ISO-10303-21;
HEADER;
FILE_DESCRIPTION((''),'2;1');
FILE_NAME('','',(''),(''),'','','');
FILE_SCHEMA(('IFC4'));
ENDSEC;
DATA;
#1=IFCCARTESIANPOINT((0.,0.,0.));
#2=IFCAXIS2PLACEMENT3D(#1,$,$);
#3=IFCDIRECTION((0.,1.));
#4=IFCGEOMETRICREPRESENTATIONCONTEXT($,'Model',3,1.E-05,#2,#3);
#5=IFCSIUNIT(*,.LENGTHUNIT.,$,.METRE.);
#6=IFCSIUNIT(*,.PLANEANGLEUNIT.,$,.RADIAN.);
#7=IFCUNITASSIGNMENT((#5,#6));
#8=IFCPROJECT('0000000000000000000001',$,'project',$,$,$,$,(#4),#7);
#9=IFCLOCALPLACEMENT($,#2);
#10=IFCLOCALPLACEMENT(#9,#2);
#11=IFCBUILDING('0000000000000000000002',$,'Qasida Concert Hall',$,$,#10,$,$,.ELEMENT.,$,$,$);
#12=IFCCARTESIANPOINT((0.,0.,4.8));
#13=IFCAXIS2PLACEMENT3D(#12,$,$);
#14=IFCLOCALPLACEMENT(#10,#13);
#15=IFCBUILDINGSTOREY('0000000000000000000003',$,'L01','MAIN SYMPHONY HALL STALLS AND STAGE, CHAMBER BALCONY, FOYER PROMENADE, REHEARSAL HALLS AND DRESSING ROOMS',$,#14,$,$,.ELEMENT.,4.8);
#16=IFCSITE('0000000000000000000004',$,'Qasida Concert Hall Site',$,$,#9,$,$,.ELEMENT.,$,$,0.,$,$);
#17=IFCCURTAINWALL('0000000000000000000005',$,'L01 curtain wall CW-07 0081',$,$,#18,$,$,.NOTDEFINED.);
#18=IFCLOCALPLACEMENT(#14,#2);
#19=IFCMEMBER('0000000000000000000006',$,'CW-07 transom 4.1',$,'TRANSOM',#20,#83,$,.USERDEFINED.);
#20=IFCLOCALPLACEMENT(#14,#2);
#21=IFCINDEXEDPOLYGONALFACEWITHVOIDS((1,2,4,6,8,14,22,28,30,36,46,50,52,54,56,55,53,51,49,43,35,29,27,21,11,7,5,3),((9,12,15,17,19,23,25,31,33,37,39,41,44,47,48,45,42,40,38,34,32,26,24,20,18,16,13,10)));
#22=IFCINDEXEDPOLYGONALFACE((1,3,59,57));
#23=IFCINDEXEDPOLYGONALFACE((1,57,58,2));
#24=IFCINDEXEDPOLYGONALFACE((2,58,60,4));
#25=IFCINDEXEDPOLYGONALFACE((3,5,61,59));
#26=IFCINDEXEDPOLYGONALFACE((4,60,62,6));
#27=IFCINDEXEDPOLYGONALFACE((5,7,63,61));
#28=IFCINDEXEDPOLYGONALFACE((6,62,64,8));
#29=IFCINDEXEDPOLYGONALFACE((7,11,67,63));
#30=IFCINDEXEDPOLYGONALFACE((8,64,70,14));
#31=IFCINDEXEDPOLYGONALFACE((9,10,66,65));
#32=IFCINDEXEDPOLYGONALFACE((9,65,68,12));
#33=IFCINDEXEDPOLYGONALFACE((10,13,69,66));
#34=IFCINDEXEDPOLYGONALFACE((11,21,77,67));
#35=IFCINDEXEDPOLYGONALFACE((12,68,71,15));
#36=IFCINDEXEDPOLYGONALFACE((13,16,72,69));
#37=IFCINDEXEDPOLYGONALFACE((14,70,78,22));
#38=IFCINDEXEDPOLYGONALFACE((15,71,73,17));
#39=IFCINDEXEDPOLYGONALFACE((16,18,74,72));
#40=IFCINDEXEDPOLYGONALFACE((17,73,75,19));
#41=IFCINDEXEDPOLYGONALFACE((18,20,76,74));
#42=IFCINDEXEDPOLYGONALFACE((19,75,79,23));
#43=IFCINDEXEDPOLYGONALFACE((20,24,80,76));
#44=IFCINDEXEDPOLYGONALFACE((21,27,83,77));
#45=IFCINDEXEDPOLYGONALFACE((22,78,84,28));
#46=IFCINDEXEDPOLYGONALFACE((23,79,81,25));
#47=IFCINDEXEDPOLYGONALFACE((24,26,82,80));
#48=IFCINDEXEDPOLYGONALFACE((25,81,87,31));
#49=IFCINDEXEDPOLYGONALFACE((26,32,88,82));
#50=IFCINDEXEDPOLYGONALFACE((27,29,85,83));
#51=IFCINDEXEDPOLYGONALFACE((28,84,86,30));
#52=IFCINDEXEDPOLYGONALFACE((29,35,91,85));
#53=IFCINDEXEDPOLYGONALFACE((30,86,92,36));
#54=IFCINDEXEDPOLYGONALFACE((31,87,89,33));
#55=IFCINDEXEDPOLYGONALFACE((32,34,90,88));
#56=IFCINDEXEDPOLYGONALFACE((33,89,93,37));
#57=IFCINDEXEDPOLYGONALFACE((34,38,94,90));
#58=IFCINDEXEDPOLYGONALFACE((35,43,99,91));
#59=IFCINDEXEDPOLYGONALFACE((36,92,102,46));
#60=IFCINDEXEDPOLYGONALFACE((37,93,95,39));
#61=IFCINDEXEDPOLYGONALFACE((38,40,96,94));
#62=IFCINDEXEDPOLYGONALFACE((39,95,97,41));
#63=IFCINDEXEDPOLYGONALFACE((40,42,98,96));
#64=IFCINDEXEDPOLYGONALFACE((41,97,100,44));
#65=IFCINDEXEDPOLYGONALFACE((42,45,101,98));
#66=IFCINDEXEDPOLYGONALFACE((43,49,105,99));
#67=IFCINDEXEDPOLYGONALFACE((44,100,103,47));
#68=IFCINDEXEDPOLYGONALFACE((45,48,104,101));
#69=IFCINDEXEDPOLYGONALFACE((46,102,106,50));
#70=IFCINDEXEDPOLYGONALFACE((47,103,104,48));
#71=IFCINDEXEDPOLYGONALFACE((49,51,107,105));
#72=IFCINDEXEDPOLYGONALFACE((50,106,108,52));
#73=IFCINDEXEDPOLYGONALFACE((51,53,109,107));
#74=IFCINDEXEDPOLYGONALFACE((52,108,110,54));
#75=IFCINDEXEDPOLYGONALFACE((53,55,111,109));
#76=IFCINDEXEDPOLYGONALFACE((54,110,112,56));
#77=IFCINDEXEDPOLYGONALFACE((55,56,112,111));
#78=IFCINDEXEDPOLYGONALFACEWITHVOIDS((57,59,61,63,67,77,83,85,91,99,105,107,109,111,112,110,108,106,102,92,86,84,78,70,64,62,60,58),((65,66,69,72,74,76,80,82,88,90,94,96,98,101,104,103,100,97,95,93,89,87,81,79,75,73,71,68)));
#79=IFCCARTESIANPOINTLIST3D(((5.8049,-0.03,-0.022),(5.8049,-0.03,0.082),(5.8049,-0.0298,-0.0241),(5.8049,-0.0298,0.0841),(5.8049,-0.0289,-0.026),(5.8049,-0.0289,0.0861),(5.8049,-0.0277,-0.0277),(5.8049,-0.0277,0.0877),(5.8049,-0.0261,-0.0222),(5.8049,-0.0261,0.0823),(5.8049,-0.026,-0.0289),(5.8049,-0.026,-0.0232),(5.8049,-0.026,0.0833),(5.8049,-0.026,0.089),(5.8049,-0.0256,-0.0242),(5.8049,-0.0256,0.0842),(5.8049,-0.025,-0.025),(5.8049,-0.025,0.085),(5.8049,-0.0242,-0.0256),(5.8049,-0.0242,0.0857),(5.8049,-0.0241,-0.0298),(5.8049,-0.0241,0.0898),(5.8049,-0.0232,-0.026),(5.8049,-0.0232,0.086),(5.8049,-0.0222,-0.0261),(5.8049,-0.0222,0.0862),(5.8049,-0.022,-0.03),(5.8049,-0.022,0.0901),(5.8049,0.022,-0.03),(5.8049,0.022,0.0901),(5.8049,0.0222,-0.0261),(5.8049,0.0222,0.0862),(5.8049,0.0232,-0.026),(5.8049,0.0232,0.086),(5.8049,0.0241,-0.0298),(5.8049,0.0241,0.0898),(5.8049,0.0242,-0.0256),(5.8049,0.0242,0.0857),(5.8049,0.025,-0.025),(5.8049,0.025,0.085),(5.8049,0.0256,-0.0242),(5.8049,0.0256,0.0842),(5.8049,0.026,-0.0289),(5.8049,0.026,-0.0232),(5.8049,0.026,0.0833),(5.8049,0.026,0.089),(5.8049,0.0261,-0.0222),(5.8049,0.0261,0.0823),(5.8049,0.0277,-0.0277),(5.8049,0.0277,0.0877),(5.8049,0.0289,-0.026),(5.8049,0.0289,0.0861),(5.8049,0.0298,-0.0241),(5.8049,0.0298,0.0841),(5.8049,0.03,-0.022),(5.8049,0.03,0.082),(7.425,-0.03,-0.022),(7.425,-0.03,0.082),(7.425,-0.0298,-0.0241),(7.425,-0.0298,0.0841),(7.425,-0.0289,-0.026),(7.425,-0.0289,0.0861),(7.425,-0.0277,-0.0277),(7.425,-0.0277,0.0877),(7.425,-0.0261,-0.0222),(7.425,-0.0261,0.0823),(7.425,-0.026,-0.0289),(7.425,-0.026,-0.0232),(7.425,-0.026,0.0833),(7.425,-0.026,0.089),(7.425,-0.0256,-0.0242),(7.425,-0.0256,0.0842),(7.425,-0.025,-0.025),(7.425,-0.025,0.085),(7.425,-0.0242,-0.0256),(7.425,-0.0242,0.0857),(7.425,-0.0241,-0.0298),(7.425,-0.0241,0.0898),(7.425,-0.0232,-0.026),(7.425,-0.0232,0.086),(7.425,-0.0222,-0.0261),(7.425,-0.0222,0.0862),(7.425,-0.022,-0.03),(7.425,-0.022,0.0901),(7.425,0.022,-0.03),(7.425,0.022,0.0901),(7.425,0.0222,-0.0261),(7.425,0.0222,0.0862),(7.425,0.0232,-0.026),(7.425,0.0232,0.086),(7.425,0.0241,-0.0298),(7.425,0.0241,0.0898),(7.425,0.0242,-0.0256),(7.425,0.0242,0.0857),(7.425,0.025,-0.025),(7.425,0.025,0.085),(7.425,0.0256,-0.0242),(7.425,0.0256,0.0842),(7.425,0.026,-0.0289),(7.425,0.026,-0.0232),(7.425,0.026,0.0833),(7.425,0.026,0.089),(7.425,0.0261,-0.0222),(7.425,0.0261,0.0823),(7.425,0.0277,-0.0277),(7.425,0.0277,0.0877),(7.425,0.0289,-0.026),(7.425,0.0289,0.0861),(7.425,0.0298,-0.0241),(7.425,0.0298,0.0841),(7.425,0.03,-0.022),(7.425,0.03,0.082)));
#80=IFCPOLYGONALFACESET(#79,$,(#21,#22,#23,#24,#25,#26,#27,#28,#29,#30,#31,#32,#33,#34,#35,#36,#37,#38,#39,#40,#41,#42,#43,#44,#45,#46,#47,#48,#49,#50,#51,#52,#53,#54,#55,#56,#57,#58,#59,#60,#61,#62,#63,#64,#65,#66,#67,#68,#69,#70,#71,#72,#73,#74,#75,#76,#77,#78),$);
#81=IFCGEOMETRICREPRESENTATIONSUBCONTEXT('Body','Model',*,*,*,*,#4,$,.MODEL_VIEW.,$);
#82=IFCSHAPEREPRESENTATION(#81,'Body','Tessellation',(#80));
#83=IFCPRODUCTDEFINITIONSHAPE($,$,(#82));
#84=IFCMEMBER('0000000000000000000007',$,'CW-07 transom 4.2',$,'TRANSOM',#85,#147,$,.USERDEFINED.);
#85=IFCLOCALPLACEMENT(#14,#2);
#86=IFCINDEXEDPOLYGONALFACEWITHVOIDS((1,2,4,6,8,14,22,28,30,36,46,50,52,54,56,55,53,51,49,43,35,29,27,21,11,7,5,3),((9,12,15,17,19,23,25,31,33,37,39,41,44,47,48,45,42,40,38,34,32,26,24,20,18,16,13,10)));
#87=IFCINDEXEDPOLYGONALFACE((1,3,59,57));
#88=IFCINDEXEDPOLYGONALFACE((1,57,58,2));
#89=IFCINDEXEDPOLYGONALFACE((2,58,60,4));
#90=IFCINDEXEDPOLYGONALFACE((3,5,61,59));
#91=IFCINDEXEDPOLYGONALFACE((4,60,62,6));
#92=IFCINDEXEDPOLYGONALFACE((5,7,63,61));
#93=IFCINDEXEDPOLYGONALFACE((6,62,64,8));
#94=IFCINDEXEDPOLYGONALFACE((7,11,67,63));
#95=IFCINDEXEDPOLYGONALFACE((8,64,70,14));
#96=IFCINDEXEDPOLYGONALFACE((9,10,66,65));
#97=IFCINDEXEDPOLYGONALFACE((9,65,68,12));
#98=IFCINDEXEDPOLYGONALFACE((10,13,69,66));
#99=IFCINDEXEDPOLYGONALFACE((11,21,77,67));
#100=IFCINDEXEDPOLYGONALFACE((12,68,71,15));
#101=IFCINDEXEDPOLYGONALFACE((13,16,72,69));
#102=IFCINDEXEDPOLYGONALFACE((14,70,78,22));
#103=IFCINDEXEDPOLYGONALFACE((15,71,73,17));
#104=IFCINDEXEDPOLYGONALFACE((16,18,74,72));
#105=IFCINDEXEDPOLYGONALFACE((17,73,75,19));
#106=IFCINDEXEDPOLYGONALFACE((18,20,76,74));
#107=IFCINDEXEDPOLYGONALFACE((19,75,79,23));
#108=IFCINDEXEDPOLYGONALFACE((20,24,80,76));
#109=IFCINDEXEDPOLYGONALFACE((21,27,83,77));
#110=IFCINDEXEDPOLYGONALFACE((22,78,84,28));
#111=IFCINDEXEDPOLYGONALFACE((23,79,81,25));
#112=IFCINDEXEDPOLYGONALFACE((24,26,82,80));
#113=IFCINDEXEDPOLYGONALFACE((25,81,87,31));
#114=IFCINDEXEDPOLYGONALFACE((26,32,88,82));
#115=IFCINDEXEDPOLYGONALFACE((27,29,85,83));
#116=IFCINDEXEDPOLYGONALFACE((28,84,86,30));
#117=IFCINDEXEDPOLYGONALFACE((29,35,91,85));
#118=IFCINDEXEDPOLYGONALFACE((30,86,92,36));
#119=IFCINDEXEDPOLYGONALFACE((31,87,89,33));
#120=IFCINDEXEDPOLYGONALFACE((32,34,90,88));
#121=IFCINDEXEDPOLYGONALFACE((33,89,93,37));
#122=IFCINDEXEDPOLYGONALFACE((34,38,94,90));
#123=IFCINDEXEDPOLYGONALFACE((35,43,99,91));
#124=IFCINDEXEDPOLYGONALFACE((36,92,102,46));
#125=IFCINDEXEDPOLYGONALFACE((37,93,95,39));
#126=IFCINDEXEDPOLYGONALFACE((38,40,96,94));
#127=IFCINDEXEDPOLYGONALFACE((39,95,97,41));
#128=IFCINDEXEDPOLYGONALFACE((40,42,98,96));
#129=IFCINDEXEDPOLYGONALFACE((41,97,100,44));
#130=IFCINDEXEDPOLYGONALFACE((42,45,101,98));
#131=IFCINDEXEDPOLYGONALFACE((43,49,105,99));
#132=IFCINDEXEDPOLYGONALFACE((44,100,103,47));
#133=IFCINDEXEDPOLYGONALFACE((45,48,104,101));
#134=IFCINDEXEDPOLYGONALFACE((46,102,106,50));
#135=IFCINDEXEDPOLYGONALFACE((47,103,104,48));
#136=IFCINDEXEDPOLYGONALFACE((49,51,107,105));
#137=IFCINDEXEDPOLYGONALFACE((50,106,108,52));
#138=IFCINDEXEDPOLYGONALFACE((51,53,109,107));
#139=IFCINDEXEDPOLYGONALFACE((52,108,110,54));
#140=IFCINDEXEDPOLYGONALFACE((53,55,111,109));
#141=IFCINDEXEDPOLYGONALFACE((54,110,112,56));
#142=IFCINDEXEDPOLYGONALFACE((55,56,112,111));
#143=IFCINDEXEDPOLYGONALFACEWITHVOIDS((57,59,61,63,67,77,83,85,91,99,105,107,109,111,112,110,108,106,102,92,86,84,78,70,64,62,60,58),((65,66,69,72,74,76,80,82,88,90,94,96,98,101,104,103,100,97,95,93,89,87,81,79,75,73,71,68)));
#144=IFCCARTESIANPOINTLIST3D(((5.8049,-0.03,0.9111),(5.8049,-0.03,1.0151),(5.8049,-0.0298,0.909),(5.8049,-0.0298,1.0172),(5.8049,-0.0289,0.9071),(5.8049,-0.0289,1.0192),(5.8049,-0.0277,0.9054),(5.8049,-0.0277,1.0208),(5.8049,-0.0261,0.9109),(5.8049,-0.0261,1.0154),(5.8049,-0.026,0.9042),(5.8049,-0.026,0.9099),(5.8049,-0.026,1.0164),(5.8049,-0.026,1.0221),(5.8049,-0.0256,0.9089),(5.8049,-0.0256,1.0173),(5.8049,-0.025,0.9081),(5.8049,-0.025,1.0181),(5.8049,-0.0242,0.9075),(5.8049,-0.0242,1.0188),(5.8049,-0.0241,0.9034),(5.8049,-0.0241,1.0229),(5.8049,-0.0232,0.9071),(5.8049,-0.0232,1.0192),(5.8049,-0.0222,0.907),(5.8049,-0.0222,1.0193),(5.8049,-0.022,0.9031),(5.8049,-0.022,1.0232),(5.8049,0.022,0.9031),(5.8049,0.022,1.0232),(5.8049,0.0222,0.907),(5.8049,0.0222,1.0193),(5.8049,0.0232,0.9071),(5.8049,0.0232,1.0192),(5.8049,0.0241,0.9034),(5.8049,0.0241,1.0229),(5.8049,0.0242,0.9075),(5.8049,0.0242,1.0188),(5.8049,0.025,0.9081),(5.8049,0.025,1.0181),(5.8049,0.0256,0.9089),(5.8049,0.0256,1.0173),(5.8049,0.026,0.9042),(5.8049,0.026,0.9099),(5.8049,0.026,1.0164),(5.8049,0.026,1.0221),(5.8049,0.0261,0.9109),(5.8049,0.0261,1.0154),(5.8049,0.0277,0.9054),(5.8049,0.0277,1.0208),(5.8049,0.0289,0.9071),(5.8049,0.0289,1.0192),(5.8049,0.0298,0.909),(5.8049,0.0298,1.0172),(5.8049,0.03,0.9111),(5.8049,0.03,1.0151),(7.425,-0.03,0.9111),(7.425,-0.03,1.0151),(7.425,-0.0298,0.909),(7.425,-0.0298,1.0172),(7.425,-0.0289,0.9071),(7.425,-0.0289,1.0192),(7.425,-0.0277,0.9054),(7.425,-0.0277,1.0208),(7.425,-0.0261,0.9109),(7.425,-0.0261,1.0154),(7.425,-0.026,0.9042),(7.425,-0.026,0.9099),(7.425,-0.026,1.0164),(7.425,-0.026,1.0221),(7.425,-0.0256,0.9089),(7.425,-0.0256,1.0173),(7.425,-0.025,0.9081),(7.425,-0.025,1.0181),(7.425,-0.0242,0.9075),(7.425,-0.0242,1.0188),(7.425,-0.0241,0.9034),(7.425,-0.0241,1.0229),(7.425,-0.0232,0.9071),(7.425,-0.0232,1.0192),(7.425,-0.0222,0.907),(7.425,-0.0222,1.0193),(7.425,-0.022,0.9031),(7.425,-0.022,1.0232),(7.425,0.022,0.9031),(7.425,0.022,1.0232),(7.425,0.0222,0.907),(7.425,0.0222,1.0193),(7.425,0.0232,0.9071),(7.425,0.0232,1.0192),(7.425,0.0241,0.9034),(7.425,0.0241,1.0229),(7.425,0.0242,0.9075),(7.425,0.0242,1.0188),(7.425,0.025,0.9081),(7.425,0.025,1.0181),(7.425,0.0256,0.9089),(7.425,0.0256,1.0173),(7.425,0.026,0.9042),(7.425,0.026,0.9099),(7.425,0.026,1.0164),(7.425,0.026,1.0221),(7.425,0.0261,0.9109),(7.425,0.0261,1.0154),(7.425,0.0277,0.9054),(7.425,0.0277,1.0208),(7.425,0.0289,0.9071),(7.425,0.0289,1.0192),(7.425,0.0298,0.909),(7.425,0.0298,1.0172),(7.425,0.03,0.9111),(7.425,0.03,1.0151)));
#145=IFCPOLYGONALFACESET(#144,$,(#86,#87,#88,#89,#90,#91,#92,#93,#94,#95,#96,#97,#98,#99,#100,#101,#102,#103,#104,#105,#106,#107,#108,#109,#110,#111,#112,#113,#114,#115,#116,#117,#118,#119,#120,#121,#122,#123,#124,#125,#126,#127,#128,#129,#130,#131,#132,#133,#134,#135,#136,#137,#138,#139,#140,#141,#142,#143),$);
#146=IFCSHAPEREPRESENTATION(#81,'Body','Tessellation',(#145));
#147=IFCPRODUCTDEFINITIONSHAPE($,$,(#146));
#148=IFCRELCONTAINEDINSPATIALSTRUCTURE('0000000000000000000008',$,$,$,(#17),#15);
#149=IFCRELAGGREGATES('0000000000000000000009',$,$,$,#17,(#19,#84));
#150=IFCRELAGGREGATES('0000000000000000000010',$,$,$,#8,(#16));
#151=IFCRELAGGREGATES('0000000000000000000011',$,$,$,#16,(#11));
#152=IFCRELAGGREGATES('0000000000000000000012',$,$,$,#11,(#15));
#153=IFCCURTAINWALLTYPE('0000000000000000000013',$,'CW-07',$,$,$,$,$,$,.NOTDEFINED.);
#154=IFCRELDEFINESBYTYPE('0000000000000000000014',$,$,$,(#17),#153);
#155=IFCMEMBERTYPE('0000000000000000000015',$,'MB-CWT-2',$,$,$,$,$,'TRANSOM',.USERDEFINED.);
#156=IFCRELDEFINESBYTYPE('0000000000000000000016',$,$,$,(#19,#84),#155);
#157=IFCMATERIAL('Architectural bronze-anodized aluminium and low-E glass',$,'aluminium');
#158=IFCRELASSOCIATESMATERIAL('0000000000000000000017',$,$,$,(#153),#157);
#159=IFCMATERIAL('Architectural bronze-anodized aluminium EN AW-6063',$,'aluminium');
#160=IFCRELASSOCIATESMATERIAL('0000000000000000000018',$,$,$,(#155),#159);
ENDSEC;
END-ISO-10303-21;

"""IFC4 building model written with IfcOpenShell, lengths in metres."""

from ifc_helpers import new_model, si_unit, direction, frame, origin, origin_2d, place, context, subcontext, project, spatial, hollow_rectangle, extrude, material, material_profile, profile_set, type_object, element, aggregate, save


model = new_model("IFC4")

# Units and contexts
model_context = context("Model", 3, precision=1e-05, world=origin(), true_north=direction((0.0, 1.0)))
body_context = subcontext(model_context, "Body", "Model", "MODEL_VIEW")
ifc_project = project(units=[si_unit("LENGTHUNIT", "METRE"), si_unit("PLANEANGLEUNIT", "RADIAN")], contexts=[model_context])

# Site, building, storey
site_placement = place(None, origin())
site = spatial("IfcSite", under=ifc_project, at=site_placement, Name="Qasida Concert Hall Site", CompositionType="ELEMENT", RefElevation=0.0)
building_placement = place(site_placement, origin())
building = spatial("IfcBuilding", under=site, at=building_placement, Name="Qasida Concert Hall", CompositionType="ELEMENT")
storey_placement = place(building_placement, frame((0.0, 0.0, 4.8)))
storey = spatial("IfcBuildingStorey", under=building, at=storey_placement, Name="L01", Description="MAIN SYMPHONY HALL STALLS AND STAGE, CHAMBER BALCONY, FOYER PROMENADE, REHEARSAL HALLS AND DRESSING ROOMS", CompositionType="ELEMENT", Elevation=4.8)

# Curtain wall, members
ifc_material_1 = material(Name="Architectural bronze-anodized aluminium and low-E glass", Category="aluminium")
curtain_wall_type = type_object("IfcCurtainWallType", Name="CW-07", PredefinedType="NOTDEFINED", material=ifc_material_1)
curtain_wall_placement = place(storey_placement, origin())
curtain_wall = element("IfcCurtainWall", 1, at=curtain_wall_placement, inside=storey, type_object=curtain_wall_type, Name="L01 curtain wall CW-07 0081", PredefinedType="NOTDEFINED")
ifc_material_2 = material(Name="Architectural bronze-anodized aluminium EN AW-6063", Category="aluminium")
ifc_material_profile_1 = material_profile(ifc_material_2, hollow_rectangle(XDim=0.0601, YDim=0.1201, WallThickness=0.0039, InnerFilletRadius=0.0039, OuterFilletRadius=0.0081, at=origin_2d()), Name="CWT 120x60x4")
ifc_profile_set_1 = profile_set([ifc_material_profile_1], Name="Architectural bronze-anodized aluminium EN AW-6063")
member_type_1 = type_object("IfcMemberType", Name="MB-CWT-2", ElementType="TRANSOM", PredefinedType="USERDEFINED", material=ifc_profile_set_1)
member_1_placement = place(storey_placement, frame((5.8049, 0.0, 0.03), z_axis=(1.0, 0.0, 0.0), x_axis=(0.0, 1.0, 0.0)))
member_1 = element("IfcMember", 2, at=member_1_placement, type_object=member_type_1, Name="CW-07 transom 4.1", ObjectType="TRANSOM", PredefinedType="USERDEFINED", context=body_context, shape_type="SweptSolid", body=[
    extrude(hollow_rectangle(XDim=0.0601, YDim=0.1201, WallThickness=0.0039, InnerFilletRadius=0.0039, OuterFilletRadius=0.0081, at=origin_2d()), origin(), (0.0, 0.0, 1.0), 1.6201),
])
member_2_placement = place(storey_placement, frame((5.8049, 0.0, 0.9631), z_axis=(1.0, 0.0, 0.0), x_axis=(0.0, 1.0, 0.0)))
member_2 = element("IfcMember", 3, at=member_2_placement, type_object=member_type_1, Name="CW-07 transom 4.2", ObjectType="TRANSOM", PredefinedType="USERDEFINED", context=body_context, shape_type="SweptSolid", body=[
    extrude(hollow_rectangle(XDim=0.0601, YDim=0.1201, WallThickness=0.0039, InnerFilletRadius=0.0039, OuterFilletRadius=0.0081, at=origin_2d()), origin(), (0.0, 0.0, 1.0), 1.6201),
])
aggregate(curtain_wall, [member_1, member_2])

save(model, "model.ifc")
